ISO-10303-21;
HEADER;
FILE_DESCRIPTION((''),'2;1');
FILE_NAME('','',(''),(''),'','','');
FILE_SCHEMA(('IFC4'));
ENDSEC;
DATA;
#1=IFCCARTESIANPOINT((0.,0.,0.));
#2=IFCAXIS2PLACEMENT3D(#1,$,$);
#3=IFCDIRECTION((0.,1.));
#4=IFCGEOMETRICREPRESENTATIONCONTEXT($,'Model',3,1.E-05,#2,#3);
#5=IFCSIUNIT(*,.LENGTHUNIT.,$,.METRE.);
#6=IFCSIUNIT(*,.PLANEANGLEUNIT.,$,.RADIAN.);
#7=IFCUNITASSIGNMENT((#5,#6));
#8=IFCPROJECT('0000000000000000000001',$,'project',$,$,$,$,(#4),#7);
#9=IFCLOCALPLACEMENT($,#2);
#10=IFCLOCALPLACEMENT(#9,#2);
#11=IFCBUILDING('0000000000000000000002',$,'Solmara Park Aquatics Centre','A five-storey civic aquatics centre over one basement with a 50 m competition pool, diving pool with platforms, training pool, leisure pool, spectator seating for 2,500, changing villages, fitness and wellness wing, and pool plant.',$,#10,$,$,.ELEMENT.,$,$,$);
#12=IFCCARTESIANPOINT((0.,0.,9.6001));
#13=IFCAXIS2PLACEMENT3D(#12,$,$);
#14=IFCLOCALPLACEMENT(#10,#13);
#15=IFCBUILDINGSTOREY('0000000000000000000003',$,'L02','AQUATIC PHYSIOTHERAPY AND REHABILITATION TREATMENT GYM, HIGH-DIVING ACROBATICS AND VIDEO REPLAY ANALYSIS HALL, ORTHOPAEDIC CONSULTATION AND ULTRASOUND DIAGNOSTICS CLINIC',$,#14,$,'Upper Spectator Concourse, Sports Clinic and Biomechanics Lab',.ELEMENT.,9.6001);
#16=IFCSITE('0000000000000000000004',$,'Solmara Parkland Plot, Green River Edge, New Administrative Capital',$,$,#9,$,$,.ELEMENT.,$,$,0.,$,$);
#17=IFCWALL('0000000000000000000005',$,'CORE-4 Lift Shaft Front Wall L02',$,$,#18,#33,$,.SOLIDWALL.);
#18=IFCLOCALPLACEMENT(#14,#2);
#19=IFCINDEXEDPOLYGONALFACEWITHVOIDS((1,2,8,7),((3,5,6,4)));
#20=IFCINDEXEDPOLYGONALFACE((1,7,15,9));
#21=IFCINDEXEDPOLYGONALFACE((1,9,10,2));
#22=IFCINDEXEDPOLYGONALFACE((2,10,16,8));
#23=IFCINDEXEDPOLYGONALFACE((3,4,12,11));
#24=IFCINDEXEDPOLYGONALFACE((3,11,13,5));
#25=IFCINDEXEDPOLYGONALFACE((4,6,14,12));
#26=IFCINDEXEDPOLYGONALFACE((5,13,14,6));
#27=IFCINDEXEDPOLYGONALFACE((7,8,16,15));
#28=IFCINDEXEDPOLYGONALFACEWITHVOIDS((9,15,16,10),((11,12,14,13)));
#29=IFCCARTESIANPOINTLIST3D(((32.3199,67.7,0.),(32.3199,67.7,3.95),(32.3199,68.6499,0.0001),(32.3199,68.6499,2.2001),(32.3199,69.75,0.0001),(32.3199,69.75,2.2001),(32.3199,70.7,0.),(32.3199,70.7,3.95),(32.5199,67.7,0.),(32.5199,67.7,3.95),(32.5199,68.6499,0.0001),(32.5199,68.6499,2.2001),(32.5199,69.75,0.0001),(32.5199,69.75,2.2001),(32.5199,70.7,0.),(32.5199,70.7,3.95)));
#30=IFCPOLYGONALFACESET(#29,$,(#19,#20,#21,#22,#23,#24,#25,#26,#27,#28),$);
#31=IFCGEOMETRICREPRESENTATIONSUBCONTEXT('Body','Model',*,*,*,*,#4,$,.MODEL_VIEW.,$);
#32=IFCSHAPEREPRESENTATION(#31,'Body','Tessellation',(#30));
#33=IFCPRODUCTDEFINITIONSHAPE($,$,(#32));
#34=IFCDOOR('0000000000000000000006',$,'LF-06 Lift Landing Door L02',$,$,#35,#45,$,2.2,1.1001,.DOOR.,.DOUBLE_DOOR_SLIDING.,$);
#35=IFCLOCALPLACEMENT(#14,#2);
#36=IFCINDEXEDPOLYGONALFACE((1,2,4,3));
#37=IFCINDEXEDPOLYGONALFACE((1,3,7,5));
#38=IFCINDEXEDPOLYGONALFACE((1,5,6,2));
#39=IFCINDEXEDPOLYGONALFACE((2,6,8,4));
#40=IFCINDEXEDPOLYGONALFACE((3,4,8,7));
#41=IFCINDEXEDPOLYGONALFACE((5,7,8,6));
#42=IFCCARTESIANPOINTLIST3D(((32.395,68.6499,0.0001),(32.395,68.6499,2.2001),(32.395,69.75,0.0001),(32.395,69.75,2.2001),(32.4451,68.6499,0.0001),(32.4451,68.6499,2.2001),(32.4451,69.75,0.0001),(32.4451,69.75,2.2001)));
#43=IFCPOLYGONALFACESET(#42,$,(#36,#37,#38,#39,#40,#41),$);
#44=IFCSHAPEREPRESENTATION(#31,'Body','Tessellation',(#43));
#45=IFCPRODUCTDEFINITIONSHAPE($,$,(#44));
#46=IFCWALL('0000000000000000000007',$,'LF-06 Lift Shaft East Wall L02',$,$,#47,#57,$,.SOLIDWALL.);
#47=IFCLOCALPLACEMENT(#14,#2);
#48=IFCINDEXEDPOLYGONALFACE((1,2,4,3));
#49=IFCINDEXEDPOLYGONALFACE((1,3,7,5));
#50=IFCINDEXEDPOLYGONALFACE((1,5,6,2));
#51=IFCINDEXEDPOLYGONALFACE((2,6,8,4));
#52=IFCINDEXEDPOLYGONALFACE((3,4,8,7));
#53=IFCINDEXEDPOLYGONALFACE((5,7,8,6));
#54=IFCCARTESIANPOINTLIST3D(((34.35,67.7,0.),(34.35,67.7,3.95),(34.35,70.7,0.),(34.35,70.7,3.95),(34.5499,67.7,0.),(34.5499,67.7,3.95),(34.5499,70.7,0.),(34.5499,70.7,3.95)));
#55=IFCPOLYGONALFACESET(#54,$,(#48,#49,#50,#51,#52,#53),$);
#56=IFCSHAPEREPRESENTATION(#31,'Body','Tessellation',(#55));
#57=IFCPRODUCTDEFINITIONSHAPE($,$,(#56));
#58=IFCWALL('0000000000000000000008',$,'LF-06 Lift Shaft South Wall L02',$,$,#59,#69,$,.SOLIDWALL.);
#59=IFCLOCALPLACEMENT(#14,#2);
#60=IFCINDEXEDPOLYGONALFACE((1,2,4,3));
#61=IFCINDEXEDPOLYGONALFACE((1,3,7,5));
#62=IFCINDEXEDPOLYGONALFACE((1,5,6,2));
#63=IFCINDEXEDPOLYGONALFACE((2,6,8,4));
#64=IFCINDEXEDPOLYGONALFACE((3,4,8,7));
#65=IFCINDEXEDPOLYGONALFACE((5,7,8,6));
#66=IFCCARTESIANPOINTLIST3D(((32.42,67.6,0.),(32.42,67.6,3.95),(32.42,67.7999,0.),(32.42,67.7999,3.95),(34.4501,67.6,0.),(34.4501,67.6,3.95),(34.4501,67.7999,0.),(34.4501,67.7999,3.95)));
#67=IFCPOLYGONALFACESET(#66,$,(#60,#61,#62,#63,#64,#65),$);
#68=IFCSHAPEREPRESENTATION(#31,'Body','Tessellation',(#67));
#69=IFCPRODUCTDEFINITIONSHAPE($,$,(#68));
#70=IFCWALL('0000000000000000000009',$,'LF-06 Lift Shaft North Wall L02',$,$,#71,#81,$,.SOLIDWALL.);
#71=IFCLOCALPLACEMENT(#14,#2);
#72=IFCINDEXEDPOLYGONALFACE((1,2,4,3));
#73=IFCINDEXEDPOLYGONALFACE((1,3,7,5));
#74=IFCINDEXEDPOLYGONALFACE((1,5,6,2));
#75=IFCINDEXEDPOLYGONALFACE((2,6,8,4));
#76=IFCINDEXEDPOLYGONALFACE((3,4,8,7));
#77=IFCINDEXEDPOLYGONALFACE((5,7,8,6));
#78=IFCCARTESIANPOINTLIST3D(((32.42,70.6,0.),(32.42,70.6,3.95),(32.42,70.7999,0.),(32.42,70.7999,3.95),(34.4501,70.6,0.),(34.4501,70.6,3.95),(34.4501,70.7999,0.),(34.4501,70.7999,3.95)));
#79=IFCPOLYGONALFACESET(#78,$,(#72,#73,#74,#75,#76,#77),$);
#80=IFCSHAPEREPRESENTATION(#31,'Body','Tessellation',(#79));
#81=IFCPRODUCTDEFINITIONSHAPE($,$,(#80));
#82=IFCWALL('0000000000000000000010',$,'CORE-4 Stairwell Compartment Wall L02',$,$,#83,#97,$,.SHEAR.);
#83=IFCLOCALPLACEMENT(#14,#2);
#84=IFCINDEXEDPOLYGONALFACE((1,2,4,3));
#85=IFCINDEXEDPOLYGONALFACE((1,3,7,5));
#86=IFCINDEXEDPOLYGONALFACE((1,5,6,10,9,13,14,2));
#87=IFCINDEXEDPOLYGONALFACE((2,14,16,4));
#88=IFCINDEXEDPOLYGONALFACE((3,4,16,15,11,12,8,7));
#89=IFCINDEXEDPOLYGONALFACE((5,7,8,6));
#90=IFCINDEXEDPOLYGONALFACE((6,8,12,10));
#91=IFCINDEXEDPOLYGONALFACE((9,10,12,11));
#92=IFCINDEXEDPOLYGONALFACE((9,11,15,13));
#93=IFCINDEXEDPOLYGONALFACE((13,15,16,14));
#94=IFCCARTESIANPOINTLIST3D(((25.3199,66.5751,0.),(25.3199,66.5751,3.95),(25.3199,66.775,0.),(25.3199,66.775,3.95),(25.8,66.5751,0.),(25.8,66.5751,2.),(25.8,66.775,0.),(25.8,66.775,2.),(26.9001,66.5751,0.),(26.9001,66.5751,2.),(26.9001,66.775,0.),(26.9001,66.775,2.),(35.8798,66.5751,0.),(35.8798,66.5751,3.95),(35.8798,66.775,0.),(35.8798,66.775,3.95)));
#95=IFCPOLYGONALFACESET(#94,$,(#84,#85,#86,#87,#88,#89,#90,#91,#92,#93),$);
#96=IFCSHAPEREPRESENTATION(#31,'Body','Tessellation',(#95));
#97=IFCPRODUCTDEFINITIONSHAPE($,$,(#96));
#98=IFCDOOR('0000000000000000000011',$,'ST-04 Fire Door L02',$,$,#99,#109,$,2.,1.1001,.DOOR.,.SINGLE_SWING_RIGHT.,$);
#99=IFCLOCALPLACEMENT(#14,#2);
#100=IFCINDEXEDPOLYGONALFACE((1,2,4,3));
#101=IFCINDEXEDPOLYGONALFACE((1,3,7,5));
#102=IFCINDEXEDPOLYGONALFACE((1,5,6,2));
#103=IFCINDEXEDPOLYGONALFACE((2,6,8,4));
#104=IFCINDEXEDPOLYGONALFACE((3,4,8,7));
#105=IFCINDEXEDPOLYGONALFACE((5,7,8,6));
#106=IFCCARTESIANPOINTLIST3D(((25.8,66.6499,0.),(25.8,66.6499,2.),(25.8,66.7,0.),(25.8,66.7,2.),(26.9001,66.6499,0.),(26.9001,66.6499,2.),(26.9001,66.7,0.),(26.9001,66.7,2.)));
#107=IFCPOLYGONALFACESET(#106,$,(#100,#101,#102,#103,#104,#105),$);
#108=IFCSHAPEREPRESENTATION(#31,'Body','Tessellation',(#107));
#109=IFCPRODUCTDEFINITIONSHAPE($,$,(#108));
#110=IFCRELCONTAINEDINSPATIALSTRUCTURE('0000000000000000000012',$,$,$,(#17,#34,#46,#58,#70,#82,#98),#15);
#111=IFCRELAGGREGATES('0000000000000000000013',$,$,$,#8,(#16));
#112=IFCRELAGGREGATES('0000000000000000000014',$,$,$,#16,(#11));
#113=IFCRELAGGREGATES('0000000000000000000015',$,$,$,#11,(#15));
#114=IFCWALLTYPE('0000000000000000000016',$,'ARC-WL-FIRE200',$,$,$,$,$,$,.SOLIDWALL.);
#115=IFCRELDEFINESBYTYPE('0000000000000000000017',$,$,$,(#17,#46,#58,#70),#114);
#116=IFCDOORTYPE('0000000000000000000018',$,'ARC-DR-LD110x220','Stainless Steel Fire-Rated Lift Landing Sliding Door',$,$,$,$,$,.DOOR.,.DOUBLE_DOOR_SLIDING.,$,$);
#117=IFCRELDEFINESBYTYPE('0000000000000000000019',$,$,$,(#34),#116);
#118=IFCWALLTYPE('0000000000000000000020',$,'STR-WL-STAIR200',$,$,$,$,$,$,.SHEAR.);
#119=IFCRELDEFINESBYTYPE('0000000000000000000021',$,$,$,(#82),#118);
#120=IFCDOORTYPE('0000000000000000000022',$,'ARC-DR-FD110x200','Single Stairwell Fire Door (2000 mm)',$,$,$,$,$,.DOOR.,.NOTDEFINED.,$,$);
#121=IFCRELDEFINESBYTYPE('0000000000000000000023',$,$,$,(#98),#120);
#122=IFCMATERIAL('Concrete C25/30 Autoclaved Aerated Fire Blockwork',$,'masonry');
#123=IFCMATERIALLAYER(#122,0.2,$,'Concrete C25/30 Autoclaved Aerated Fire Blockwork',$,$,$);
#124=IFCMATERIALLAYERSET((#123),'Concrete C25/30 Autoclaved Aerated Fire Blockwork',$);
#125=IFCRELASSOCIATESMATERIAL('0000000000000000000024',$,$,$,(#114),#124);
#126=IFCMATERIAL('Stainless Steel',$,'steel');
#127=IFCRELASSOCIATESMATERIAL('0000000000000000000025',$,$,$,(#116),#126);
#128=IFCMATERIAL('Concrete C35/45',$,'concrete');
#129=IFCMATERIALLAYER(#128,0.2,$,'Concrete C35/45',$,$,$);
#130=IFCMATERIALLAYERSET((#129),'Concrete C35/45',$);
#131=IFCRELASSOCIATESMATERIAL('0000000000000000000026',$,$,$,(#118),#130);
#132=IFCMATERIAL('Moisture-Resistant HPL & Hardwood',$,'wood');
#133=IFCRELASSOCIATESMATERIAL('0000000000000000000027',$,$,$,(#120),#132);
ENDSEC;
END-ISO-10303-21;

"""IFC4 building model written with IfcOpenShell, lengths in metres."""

from ifc_helpers import new_model, si_unit, direction, frame, frame_2d, origin, place, context, subcontext, project, spatial, rectangle, extrude, material, layer, layer_set, type_object, element, fill, save


model = new_model("IFC4")

# Units and contexts
model_context = context("Model", 3, precision=1e-05, world=origin(), true_north=direction((0.0, 1.0)))
body_context = subcontext(model_context, "Body", "Model", "MODEL_VIEW")
ifc_project = project(units=[si_unit("LENGTHUNIT", "METRE"), si_unit("PLANEANGLEUNIT", "RADIAN")], contexts=[model_context])

# Site, building, storey
site_placement = place(None, origin())
site = spatial("IfcSite", under=ifc_project, at=site_placement, Name="Solmara Parkland Plot, Green River Edge, New Administrative Capital", CompositionType="ELEMENT", RefElevation=0.0)
building_placement = place(site_placement, origin())
building = spatial("IfcBuilding", under=site, at=building_placement, Name="Solmara Park Aquatics Centre", Description="A five-storey civic aquatics centre over one basement with a 50 m competition pool, diving pool with platforms, training pool, leisure pool, spectator seating for 2,500, changing villages, fitness and wellness wing, and pool plant.", CompositionType="ELEMENT")
storey_placement = place(building_placement, frame((0.0, 0.0, 9.6001)))
storey = spatial("IfcBuildingStorey", under=building, at=storey_placement, Name="L02", Description="AQUATIC PHYSIOTHERAPY AND REHABILITATION TREATMENT GYM, HIGH-DIVING ACROBATICS AND VIDEO REPLAY ANALYSIS HALL, ORTHOPAEDIC CONSULTATION AND ULTRASOUND DIAGNOSTICS CLINIC", LongName="Upper Spectator Concourse, Sports Clinic and Biomechanics Lab", CompositionType="ELEMENT", Elevation=9.6001)

# Wall, opening, door
ifc_material_1 = material(Name="Moisture-Resistant HPL & Hardwood", Category="wood")
ifc_material_2 = material(Name="Concrete C25/30 Autoclaved Aerated Fire Blockwork", Category="masonry")
ifc_layer_1 = layer(ifc_material_2, 0.2, Name="Concrete C25/30 Autoclaved Aerated Fire Blockwork")
ifc_layer_set_1 = layer_set([ifc_layer_1], Name="Concrete C25/30 Autoclaved Aerated Fire Blockwork")
wall_type_1 = type_object("IfcWallType", Name="ARC-WL-FIRE200", PredefinedType="SOLIDWALL", material=ifc_layer_set_1)
wall_1_placement = place(storey_placement, frame((32.4199, 67.7, 0.0), z_axis=(0.0, 0.0, 1.0), x_axis=(0.0, 1.0, 0.0)))
wall_1 = element("IfcWall", 1, at=wall_1_placement, inside=storey, type_object=wall_type_1, Name="CORE-4 Lift Shaft Front Wall L02", PredefinedType="SOLIDWALL", context=body_context, shape_type="SweptSolid", body=[
    extrude(rectangle(XDim=3.0, YDim=0.2, at=frame_2d((1.5, 0.0))), origin(), (0.0, 0.0, 1.0), 3.95),
])
opening_1_placement = place(wall_1_placement, frame((0.95, 0.0, 0.0)))
opening_1 = element("IfcOpeningElement", 2, at=opening_1_placement, cuts=wall_1, PredefinedType="OPENING", context=body_context, shape_type="SweptSolid", body=[
    extrude(rectangle(XDim=1.1001, YDim=2.2, at=frame_2d((0.55, 1.1001))), frame((0.0, 0.1099, 0.0), z_axis=(0.0, -1.0, 0.0), x_axis=(1.0, 0.0, 0.0)), (0.0, 0.0, 1.0), 0.22),
])
ifc_material_3 = material(Name="Stainless Steel", Category="steel")
door_type_1 = type_object("IfcDoorType", Name="ARC-DR-LD110x220", Description="Stainless Steel Fire-Rated Lift Landing Sliding Door", OperationType="DOUBLE_DOOR_SLIDING", PredefinedType="DOOR", material=ifc_material_3)
door_1_placement = place(opening_1_placement, origin())
door_1 = element("IfcDoor", 3, at=door_1_placement, inside=storey, type_object=door_type_1, Name="LF-06 Lift Landing Door L02", OperationType="DOUBLE_DOOR_SLIDING", OverallHeight=2.2, OverallWidth=1.1001, PredefinedType="DOOR", context=body_context, shape_type="SweptSolid", body=[
    extrude(rectangle(XDim=1.1001, YDim=2.2, at=frame_2d((0.55, 1.1001))), frame((0.0, 0.0249, 0.0), z_axis=(0.0, -1.0, 0.0), x_axis=(1.0, 0.0, 0.0)), (0.0, 0.0, 1.0), 0.05),
])
fill(opening_1, door_1)

# Walls
wall_2_placement = place(storey_placement, frame((34.45, 67.7, 0.0), z_axis=(0.0, 0.0, 1.0), x_axis=(0.0, 1.0, 0.0)))
element("IfcWall", 4, at=wall_2_placement, inside=storey, type_object=wall_type_1, Name="LF-06 Lift Shaft East Wall L02", PredefinedType="SOLIDWALL", context=body_context, shape_type="SweptSolid", body=[
    extrude(rectangle(XDim=3.0, YDim=0.2, at=frame_2d((1.5, 0.0))), origin(), (0.0, 0.0, 1.0), 3.95),
])
for number, where, z_axis, x_axis, name in (
    (5, (32.4199, 67.7, 0.0), (0.0, 0.0, 1.0), (1.0, 0.0, 0.0), "LF-06 Lift Shaft South Wall L02"),
    (6, (32.4199, 70.7, 0.0), (0.0, 0.0, 1.0), (1.0, 0.0, 0.0), "LF-06 Lift Shaft North Wall L02"),
):
    element("IfcWall", number, at=place(storey_placement, frame(where, z_axis=z_axis, x_axis=x_axis)), inside=storey, type_object=wall_type_1, Name=name, PredefinedType="SOLIDWALL", context=body_context, shape_type="SweptSolid", body=[
        extrude(rectangle(XDim=2.03, YDim=0.2, at=frame_2d((1.0151, 0.0))), origin(), (0.0, 0.0, 1.0), 3.95),
    ])

# Wall, opening, door
ifc_material_4 = material(Name="Concrete C35/45", Category="concrete")
ifc_layer_2 = layer(ifc_material_4, 0.2, Name="Concrete C35/45")
ifc_layer_set_2 = layer_set([ifc_layer_2], Name="Concrete C35/45")
wall_type_2 = type_object("IfcWallType", Name="STR-WL-STAIR200", PredefinedType="SHEAR", material=ifc_layer_set_2)
wall_3_placement = place(storey_placement, frame((25.3201, 66.675, 0.0), z_axis=(0.0, 0.0, 1.0), x_axis=(1.0, 0.0, 0.0)))
wall_3 = element("IfcWall", 7, at=wall_3_placement, inside=storey, type_object=wall_type_2, Name="CORE-4 Stairwell Compartment Wall L02", PredefinedType="SHEAR", context=body_context, shape_type="SweptSolid", body=[
    extrude(rectangle(XDim=10.5598, YDim=0.2, at=frame_2d((5.2798, 0.0))), origin(), (0.0, 0.0, 1.0), 3.95),
])
opening_2_placement = place(wall_3_placement, frame((0.48, 0.0, 0.0)))
opening_2 = element("IfcOpeningElement", 8, at=opening_2_placement, cuts=wall_3, PredefinedType="OPENING", context=body_context, shape_type="SweptSolid", body=[
    extrude(rectangle(XDim=1.1001, YDim=2.0, at=frame_2d((0.55, 1.0))), frame((0.0, 0.1099, 0.0), z_axis=(0.0, -1.0, 0.0), x_axis=(1.0, 0.0, 0.0)), (0.0, 0.0, 1.0), 0.22),
])
door_type_2 = type_object("IfcDoorType", Name="ARC-DR-FD110x200", Description="Single Stairwell Fire Door (2000 mm)", OperationType="NOTDEFINED", PredefinedType="DOOR", material=ifc_material_1)
door_2_placement = place(opening_2_placement, origin())
door_2 = element("IfcDoor", 9, at=door_2_placement, inside=storey, type_object=door_type_2, Name="ST-04 Fire Door L02", OperationType="SINGLE_SWING_RIGHT", OverallHeight=2.0, OverallWidth=1.1001, PredefinedType="DOOR", context=body_context, shape_type="SweptSolid", body=[
    extrude(rectangle(XDim=1.1001, YDim=2.0, at=frame_2d((0.55, 1.0))), frame((0.0, 0.0249, 0.0), z_axis=(0.0, -1.0, 0.0), x_axis=(1.0, 0.0, 0.0)), (0.0, 0.0, 1.0), 0.05),
])
fill(opening_2, door_2)

save(model, "model.ifc")
